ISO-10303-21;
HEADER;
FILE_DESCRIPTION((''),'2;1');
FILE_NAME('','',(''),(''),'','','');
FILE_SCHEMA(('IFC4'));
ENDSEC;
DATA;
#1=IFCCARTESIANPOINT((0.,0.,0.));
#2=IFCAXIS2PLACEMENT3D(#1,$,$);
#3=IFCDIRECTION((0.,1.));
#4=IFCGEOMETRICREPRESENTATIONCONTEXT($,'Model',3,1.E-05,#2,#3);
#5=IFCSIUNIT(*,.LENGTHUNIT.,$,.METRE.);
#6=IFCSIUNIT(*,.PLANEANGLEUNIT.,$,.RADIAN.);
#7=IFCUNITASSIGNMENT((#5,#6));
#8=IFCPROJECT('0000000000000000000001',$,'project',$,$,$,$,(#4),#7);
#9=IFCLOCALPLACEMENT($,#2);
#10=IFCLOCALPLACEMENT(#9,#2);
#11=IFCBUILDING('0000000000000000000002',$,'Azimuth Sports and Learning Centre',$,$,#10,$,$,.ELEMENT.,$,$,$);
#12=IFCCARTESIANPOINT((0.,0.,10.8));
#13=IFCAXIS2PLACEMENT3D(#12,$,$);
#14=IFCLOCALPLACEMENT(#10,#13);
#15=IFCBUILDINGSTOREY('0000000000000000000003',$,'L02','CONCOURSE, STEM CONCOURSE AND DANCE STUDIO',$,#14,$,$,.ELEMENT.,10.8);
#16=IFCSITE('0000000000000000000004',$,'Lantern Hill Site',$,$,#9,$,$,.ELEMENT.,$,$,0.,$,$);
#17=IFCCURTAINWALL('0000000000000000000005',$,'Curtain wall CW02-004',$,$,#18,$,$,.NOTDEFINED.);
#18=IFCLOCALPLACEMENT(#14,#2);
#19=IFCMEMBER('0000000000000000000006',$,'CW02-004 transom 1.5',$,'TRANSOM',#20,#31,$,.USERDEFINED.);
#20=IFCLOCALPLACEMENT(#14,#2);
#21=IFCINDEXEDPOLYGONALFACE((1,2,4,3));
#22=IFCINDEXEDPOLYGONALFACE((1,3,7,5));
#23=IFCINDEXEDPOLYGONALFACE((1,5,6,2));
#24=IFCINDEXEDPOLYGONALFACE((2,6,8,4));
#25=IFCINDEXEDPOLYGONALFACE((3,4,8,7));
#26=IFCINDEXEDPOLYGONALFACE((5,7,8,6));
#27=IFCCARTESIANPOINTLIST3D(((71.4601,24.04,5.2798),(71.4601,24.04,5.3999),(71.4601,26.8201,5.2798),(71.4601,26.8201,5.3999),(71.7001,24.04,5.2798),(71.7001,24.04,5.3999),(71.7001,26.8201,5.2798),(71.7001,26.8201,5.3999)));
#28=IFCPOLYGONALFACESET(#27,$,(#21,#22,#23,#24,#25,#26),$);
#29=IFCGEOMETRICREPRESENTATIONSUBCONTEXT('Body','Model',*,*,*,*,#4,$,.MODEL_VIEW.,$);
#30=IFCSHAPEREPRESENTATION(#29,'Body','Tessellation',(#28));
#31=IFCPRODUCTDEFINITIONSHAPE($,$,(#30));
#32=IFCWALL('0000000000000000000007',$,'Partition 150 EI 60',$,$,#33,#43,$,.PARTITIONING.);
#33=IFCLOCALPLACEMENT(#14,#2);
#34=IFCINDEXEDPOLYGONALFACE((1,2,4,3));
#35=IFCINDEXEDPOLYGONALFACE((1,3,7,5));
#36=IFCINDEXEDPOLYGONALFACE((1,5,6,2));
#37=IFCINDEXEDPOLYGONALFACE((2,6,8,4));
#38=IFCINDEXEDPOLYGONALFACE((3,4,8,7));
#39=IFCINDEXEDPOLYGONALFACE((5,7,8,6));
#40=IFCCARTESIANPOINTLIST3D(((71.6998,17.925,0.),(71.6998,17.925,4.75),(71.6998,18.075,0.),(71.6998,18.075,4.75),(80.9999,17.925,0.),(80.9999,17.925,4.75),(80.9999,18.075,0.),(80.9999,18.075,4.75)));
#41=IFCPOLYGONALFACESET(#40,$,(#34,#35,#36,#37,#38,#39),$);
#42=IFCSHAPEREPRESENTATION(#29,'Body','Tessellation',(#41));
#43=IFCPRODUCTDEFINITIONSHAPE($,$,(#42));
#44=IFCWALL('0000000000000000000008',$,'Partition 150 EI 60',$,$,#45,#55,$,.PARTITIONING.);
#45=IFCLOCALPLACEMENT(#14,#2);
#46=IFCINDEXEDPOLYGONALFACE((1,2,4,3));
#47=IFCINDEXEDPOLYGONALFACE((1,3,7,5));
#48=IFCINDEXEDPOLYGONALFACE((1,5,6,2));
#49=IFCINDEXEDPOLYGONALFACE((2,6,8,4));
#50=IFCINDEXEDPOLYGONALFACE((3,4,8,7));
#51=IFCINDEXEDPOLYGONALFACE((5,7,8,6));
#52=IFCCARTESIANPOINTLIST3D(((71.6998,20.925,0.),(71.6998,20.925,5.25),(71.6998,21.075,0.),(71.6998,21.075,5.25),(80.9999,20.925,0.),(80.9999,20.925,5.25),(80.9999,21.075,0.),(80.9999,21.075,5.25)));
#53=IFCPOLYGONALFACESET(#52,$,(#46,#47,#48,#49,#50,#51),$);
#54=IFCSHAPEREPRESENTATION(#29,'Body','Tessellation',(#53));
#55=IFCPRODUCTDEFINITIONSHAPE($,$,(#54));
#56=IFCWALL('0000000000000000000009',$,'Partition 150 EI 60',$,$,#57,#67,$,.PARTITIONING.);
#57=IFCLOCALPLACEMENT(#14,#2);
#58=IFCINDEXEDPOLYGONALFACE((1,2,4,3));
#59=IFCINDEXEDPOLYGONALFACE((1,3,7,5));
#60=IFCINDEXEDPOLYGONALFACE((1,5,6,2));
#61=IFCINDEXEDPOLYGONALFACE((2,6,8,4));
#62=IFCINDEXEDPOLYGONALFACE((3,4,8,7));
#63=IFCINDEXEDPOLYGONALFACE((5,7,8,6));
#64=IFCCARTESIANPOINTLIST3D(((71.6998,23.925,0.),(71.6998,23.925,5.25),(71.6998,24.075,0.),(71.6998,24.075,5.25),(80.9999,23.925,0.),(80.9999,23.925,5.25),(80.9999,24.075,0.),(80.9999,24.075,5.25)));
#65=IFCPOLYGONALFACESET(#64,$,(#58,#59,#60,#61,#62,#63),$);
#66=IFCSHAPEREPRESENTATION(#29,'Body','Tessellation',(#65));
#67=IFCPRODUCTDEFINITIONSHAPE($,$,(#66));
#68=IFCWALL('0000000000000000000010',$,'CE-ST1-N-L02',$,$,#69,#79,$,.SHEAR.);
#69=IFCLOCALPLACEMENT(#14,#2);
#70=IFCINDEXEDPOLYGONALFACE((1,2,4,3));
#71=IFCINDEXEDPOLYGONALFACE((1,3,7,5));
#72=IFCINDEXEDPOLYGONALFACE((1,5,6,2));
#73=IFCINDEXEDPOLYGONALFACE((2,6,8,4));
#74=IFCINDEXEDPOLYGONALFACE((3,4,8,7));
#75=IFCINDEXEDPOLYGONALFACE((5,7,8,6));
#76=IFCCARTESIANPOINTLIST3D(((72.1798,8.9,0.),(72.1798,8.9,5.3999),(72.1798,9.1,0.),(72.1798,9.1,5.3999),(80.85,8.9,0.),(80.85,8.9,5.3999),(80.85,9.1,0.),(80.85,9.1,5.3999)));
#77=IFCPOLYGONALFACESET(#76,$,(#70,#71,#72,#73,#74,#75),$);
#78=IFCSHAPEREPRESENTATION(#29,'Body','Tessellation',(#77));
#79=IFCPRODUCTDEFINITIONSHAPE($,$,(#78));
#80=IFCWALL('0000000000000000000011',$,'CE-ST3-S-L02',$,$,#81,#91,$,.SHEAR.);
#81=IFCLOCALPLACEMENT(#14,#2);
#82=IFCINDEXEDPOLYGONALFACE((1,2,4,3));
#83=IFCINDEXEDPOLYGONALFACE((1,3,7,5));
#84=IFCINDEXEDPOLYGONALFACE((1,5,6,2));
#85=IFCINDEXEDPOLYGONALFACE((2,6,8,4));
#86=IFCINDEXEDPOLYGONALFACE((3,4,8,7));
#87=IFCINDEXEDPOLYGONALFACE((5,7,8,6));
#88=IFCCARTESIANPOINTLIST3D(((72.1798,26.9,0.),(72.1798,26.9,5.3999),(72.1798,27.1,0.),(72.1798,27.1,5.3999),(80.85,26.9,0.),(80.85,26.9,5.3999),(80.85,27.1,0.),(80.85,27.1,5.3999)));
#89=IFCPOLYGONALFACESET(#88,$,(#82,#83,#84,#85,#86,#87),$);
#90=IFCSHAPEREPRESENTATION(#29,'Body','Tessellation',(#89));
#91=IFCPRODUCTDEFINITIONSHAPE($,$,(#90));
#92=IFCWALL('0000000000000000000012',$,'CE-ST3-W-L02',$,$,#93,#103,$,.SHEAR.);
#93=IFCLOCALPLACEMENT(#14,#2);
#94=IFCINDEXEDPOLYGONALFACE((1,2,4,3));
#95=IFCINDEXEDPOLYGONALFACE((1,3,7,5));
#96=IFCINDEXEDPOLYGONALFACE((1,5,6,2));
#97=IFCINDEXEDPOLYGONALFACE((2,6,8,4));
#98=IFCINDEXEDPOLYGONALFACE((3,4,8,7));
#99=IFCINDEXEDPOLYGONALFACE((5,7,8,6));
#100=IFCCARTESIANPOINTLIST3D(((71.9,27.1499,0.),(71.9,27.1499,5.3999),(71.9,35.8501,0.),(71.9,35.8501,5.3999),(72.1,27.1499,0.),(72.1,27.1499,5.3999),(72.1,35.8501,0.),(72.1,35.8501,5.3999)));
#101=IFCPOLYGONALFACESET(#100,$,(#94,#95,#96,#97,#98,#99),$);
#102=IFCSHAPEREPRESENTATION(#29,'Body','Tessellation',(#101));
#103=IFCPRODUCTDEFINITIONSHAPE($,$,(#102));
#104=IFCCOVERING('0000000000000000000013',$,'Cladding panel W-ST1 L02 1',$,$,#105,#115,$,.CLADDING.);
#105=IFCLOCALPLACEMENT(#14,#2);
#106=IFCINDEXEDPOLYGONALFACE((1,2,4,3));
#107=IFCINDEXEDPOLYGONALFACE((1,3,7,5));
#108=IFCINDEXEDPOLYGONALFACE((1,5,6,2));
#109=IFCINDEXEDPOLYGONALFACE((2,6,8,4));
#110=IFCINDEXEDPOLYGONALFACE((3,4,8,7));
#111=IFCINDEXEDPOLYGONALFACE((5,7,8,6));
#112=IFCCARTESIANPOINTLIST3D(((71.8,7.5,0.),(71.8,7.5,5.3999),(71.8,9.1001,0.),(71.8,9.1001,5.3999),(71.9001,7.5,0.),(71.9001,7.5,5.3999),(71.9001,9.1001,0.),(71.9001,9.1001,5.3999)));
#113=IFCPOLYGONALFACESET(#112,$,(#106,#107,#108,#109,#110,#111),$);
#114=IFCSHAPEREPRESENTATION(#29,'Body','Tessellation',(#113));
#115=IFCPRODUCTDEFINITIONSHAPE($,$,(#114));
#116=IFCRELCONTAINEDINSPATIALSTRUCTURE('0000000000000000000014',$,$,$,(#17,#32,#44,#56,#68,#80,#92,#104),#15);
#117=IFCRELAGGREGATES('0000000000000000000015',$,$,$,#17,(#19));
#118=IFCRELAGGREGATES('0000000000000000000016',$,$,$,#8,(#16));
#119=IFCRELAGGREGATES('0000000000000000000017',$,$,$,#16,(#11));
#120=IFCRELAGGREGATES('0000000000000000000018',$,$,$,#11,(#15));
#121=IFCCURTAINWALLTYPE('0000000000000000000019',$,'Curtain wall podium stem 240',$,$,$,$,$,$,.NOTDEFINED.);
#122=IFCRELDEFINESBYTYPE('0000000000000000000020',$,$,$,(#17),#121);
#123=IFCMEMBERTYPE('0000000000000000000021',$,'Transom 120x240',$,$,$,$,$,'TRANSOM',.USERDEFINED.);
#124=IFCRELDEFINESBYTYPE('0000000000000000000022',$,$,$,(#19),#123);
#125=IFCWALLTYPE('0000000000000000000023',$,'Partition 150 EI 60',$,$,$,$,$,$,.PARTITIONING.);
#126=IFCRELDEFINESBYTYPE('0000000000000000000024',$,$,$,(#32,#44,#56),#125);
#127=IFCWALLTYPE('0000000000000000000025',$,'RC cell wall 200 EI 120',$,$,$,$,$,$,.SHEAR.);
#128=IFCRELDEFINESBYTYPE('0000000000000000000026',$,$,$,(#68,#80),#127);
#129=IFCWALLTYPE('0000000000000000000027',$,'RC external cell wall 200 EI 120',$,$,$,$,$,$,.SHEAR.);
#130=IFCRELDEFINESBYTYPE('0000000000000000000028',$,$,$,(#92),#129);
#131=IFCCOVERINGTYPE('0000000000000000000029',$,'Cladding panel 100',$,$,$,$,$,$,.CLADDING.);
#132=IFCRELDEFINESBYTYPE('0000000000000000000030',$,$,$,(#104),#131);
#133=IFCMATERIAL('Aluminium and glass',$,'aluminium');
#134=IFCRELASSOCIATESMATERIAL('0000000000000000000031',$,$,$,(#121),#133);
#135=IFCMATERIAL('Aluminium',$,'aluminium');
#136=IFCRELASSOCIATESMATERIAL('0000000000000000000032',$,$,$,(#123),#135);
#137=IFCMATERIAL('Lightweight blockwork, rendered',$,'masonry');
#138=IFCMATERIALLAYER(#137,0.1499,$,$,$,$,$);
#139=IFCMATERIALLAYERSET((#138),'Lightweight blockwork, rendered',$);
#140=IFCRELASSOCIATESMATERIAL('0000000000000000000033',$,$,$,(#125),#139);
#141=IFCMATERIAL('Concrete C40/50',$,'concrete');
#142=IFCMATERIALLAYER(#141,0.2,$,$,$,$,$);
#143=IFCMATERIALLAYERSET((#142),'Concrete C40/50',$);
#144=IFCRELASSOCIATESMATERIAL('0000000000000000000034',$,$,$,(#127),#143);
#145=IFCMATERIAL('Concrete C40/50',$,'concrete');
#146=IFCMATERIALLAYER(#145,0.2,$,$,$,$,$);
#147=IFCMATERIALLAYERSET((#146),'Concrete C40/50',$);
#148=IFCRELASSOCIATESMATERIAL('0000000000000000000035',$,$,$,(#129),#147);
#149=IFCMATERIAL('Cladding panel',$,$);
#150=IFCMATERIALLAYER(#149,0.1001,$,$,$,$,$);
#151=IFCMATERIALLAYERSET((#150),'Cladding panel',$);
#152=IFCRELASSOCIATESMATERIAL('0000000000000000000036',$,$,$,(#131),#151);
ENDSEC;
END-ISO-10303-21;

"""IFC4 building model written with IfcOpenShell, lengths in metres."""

from ifc_helpers import new_model, si_unit, direction, frame, frame_2d, origin, origin_2d, place, context, subcontext, project, spatial, rectangle, extrude, material, layer, layer_set, material_profile, profile_set, type_object, element, aggregate, save


model = new_model("IFC4")

# Units and contexts
model_context = context("Model", 3, precision=1e-05, world=origin(), true_north=direction((0.0, 1.0)))
body_context = subcontext(model_context, "Body", "Model", "MODEL_VIEW")
ifc_project = project(units=[si_unit("LENGTHUNIT", "METRE"), si_unit("PLANEANGLEUNIT", "RADIAN")], contexts=[model_context])

# Site, building, storey
site_placement = place(None, origin())
site = spatial("IfcSite", under=ifc_project, at=site_placement, Name="Lantern Hill Site", CompositionType="ELEMENT", RefElevation=0.0)
building_placement = place(site_placement, origin())
building = spatial("IfcBuilding", under=site, at=building_placement, Name="Azimuth Sports and Learning Centre", CompositionType="ELEMENT")
storey_placement = place(building_placement, frame((0.0, 0.0, 10.8)))
storey = spatial("IfcBuildingStorey", under=building, at=storey_placement, Name="L02", Description="CONCOURSE, STEM CONCOURSE AND DANCE STUDIO", CompositionType="ELEMENT", Elevation=10.8)

# Curtain wall, member
ifc_material_1 = material(Name="Aluminium and glass", Category="aluminium")
curtain_wall_type = type_object("IfcCurtainWallType", Name="Curtain wall podium stem 240", PredefinedType="NOTDEFINED", material=ifc_material_1)
curtain_wall_placement = place(storey_placement, origin())
curtain_wall = element("IfcCurtainWall", 1, at=curtain_wall_placement, inside=storey, type_object=curtain_wall_type, Name="Curtain wall CW02-004", PredefinedType="NOTDEFINED")
ifc_material_2 = material(Name="Aluminium", Category="aluminium")
ifc_material_profile_1 = material_profile(ifc_material_2, rectangle(XDim=0.24, YDim=0.1201, at=origin_2d()), Name="Transom 120x240")
ifc_profile_set_1 = profile_set([ifc_material_profile_1], Name="Aluminium")
member_type_1 = type_object("IfcMemberType", Name="Transom 120x240", ElementType="TRANSOM", PredefinedType="USERDEFINED", material=ifc_profile_set_1)
member_1_placement = place(storey_placement, frame((71.5801, 26.8201, 5.3398), z_axis=(0.0, -1.0, 0.0), x_axis=(1.0, 0.0, 0.0)))
member_1 = element("IfcMember", 2, at=member_1_placement, type_object=member_type_1, Name="CW02-004 transom 1.5", ObjectType="TRANSOM", PredefinedType="USERDEFINED", context=body_context, shape_type="SweptSolid", body=[
    extrude(rectangle(XDim=0.24, YDim=0.1201, at=origin_2d()), origin(), (0.0, 0.0, 1.0), 2.78),
])
aggregate(curtain_wall, [member_1])

# Walls
ifc_material_3 = material(Name="Lightweight blockwork, rendered", Category="masonry")
ifc_layer_1 = layer(ifc_material_3, 0.1499)
ifc_layer_set_1 = layer_set([ifc_layer_1], Name="Lightweight blockwork, rendered")
wall_type_1 = type_object("IfcWallType", Name="Partition 150 EI 60", PredefinedType="PARTITIONING", material=ifc_layer_set_1)
wall_1_placement = place(storey_placement, frame((71.7, 18.0, 0.0), z_axis=(0.0, 0.0, 1.0), x_axis=(1.0, 0.0, 0.0)))
element("IfcWall", 3, at=wall_1_placement, inside=storey, type_object=wall_type_1, Name="Partition 150 EI 60", PredefinedType="PARTITIONING", context=body_context, shape_type="SweptSolid", body=[
    extrude(rectangle(XDim=9.3, YDim=0.1499, at=frame_2d((4.6499, 0.0))), origin(), (0.0, 0.0, 1.0), 4.75),
])
for number, where, z_axis, x_axis, name in (
    (4, (71.7, 21.0, 0.0), (0.0, 0.0, 1.0), (1.0, 0.0, 0.0), "Partition 150 EI 60"),
    (5, (71.7, 24.0, 0.0), (0.0, 0.0, 1.0), (1.0, 0.0, 0.0), "Partition 150 EI 60"),
):
    element("IfcWall", number, at=place(storey_placement, frame(where, z_axis=z_axis, x_axis=x_axis)), inside=storey, type_object=wall_type_1, Name=name, PredefinedType="PARTITIONING", context=body_context, shape_type="SweptSolid", body=[
        extrude(rectangle(XDim=9.3, YDim=0.1499, at=frame_2d((4.6499, 0.0))), origin(), (0.0, 0.0, 1.0), 5.25),
    ])
ifc_material_4 = material(Name="Concrete C40/50", Category="concrete")
ifc_layer_2 = layer(ifc_material_4, 0.2)
ifc_layer_set_2 = layer_set([ifc_layer_2], Name="Concrete C40/50")
wall_type_2 = type_object("IfcWallType", Name="RC cell wall 200 EI 120", PredefinedType="SHEAR", material=ifc_layer_set_2)
for number, where, z_axis, x_axis, name in (
    (6, (72.1799, 9.0, 0.0), (0.0, 0.0, 1.0), (1.0, 0.0, 0.0), "CE-ST1-N-L02"),
    (7, (72.1799, 27.0, 0.0), (0.0, 0.0, 1.0), (1.0, 0.0, 0.0), "CE-ST3-S-L02"),
):
    element("IfcWall", number, at=place(storey_placement, frame(where, z_axis=z_axis, x_axis=x_axis)), inside=storey, type_object=wall_type_2, Name=name, PredefinedType="SHEAR", context=body_context, shape_type="SweptSolid", body=[
        extrude(rectangle(XDim=8.6702, YDim=0.2, at=frame_2d((4.335, 0.0))), origin(), (0.0, 0.0, 1.0), 5.3999),
    ])
ifc_material_5 = material(Name="Concrete C40/50", Category="concrete")
ifc_layer_3 = layer(ifc_material_5, 0.2)
ifc_layer_set_3 = layer_set([ifc_layer_3], Name="Concrete C40/50")
wall_type_3 = type_object("IfcWallType", Name="RC external cell wall 200 EI 120", PredefinedType="SHEAR", material=ifc_layer_set_3)
wall_2_placement = place(storey_placement, frame((72.0, 27.1499, 0.0), z_axis=(0.0, 0.0, 1.0), x_axis=(0.0, 1.0, 0.0)))
element("IfcWall", 8, at=wall_2_placement, inside=storey, type_object=wall_type_3, Name="CE-ST3-W-L02", PredefinedType="SHEAR", context=body_context, shape_type="SweptSolid", body=[
    extrude(rectangle(XDim=8.7002, YDim=0.2, at=frame_2d((4.3501, 0.0))), origin(), (0.0, 0.0, 1.0), 5.3999),
])

# Covering
ifc_material_6 = material(Name="Cladding panel")
ifc_layer_4 = layer(ifc_material_6, 0.1001)
ifc_layer_set_4 = layer_set([ifc_layer_4], Name="Cladding panel")
covering_type = type_object("IfcCoveringType", Name="Cladding panel 100", PredefinedType="CLADDING", material=ifc_layer_set_4)
covering_placement = place(storey_placement, frame((71.8501, 8.3, 0.0), z_axis=(0.0, 0.0, 1.0), x_axis=(0.0, -1.0, 0.0)))
element("IfcCovering", 9, at=covering_placement, inside=storey, type_object=covering_type, Name="Cladding panel W-ST1 L02 1", PredefinedType="CLADDING", context=body_context, shape_type="SweptSolid", body=[
    extrude(rectangle(XDim=1.6001, YDim=0.1001, at=origin_2d()), origin(), (0.0, 0.0, 1.0), 5.3999),
])

save(model, "model.ifc")
